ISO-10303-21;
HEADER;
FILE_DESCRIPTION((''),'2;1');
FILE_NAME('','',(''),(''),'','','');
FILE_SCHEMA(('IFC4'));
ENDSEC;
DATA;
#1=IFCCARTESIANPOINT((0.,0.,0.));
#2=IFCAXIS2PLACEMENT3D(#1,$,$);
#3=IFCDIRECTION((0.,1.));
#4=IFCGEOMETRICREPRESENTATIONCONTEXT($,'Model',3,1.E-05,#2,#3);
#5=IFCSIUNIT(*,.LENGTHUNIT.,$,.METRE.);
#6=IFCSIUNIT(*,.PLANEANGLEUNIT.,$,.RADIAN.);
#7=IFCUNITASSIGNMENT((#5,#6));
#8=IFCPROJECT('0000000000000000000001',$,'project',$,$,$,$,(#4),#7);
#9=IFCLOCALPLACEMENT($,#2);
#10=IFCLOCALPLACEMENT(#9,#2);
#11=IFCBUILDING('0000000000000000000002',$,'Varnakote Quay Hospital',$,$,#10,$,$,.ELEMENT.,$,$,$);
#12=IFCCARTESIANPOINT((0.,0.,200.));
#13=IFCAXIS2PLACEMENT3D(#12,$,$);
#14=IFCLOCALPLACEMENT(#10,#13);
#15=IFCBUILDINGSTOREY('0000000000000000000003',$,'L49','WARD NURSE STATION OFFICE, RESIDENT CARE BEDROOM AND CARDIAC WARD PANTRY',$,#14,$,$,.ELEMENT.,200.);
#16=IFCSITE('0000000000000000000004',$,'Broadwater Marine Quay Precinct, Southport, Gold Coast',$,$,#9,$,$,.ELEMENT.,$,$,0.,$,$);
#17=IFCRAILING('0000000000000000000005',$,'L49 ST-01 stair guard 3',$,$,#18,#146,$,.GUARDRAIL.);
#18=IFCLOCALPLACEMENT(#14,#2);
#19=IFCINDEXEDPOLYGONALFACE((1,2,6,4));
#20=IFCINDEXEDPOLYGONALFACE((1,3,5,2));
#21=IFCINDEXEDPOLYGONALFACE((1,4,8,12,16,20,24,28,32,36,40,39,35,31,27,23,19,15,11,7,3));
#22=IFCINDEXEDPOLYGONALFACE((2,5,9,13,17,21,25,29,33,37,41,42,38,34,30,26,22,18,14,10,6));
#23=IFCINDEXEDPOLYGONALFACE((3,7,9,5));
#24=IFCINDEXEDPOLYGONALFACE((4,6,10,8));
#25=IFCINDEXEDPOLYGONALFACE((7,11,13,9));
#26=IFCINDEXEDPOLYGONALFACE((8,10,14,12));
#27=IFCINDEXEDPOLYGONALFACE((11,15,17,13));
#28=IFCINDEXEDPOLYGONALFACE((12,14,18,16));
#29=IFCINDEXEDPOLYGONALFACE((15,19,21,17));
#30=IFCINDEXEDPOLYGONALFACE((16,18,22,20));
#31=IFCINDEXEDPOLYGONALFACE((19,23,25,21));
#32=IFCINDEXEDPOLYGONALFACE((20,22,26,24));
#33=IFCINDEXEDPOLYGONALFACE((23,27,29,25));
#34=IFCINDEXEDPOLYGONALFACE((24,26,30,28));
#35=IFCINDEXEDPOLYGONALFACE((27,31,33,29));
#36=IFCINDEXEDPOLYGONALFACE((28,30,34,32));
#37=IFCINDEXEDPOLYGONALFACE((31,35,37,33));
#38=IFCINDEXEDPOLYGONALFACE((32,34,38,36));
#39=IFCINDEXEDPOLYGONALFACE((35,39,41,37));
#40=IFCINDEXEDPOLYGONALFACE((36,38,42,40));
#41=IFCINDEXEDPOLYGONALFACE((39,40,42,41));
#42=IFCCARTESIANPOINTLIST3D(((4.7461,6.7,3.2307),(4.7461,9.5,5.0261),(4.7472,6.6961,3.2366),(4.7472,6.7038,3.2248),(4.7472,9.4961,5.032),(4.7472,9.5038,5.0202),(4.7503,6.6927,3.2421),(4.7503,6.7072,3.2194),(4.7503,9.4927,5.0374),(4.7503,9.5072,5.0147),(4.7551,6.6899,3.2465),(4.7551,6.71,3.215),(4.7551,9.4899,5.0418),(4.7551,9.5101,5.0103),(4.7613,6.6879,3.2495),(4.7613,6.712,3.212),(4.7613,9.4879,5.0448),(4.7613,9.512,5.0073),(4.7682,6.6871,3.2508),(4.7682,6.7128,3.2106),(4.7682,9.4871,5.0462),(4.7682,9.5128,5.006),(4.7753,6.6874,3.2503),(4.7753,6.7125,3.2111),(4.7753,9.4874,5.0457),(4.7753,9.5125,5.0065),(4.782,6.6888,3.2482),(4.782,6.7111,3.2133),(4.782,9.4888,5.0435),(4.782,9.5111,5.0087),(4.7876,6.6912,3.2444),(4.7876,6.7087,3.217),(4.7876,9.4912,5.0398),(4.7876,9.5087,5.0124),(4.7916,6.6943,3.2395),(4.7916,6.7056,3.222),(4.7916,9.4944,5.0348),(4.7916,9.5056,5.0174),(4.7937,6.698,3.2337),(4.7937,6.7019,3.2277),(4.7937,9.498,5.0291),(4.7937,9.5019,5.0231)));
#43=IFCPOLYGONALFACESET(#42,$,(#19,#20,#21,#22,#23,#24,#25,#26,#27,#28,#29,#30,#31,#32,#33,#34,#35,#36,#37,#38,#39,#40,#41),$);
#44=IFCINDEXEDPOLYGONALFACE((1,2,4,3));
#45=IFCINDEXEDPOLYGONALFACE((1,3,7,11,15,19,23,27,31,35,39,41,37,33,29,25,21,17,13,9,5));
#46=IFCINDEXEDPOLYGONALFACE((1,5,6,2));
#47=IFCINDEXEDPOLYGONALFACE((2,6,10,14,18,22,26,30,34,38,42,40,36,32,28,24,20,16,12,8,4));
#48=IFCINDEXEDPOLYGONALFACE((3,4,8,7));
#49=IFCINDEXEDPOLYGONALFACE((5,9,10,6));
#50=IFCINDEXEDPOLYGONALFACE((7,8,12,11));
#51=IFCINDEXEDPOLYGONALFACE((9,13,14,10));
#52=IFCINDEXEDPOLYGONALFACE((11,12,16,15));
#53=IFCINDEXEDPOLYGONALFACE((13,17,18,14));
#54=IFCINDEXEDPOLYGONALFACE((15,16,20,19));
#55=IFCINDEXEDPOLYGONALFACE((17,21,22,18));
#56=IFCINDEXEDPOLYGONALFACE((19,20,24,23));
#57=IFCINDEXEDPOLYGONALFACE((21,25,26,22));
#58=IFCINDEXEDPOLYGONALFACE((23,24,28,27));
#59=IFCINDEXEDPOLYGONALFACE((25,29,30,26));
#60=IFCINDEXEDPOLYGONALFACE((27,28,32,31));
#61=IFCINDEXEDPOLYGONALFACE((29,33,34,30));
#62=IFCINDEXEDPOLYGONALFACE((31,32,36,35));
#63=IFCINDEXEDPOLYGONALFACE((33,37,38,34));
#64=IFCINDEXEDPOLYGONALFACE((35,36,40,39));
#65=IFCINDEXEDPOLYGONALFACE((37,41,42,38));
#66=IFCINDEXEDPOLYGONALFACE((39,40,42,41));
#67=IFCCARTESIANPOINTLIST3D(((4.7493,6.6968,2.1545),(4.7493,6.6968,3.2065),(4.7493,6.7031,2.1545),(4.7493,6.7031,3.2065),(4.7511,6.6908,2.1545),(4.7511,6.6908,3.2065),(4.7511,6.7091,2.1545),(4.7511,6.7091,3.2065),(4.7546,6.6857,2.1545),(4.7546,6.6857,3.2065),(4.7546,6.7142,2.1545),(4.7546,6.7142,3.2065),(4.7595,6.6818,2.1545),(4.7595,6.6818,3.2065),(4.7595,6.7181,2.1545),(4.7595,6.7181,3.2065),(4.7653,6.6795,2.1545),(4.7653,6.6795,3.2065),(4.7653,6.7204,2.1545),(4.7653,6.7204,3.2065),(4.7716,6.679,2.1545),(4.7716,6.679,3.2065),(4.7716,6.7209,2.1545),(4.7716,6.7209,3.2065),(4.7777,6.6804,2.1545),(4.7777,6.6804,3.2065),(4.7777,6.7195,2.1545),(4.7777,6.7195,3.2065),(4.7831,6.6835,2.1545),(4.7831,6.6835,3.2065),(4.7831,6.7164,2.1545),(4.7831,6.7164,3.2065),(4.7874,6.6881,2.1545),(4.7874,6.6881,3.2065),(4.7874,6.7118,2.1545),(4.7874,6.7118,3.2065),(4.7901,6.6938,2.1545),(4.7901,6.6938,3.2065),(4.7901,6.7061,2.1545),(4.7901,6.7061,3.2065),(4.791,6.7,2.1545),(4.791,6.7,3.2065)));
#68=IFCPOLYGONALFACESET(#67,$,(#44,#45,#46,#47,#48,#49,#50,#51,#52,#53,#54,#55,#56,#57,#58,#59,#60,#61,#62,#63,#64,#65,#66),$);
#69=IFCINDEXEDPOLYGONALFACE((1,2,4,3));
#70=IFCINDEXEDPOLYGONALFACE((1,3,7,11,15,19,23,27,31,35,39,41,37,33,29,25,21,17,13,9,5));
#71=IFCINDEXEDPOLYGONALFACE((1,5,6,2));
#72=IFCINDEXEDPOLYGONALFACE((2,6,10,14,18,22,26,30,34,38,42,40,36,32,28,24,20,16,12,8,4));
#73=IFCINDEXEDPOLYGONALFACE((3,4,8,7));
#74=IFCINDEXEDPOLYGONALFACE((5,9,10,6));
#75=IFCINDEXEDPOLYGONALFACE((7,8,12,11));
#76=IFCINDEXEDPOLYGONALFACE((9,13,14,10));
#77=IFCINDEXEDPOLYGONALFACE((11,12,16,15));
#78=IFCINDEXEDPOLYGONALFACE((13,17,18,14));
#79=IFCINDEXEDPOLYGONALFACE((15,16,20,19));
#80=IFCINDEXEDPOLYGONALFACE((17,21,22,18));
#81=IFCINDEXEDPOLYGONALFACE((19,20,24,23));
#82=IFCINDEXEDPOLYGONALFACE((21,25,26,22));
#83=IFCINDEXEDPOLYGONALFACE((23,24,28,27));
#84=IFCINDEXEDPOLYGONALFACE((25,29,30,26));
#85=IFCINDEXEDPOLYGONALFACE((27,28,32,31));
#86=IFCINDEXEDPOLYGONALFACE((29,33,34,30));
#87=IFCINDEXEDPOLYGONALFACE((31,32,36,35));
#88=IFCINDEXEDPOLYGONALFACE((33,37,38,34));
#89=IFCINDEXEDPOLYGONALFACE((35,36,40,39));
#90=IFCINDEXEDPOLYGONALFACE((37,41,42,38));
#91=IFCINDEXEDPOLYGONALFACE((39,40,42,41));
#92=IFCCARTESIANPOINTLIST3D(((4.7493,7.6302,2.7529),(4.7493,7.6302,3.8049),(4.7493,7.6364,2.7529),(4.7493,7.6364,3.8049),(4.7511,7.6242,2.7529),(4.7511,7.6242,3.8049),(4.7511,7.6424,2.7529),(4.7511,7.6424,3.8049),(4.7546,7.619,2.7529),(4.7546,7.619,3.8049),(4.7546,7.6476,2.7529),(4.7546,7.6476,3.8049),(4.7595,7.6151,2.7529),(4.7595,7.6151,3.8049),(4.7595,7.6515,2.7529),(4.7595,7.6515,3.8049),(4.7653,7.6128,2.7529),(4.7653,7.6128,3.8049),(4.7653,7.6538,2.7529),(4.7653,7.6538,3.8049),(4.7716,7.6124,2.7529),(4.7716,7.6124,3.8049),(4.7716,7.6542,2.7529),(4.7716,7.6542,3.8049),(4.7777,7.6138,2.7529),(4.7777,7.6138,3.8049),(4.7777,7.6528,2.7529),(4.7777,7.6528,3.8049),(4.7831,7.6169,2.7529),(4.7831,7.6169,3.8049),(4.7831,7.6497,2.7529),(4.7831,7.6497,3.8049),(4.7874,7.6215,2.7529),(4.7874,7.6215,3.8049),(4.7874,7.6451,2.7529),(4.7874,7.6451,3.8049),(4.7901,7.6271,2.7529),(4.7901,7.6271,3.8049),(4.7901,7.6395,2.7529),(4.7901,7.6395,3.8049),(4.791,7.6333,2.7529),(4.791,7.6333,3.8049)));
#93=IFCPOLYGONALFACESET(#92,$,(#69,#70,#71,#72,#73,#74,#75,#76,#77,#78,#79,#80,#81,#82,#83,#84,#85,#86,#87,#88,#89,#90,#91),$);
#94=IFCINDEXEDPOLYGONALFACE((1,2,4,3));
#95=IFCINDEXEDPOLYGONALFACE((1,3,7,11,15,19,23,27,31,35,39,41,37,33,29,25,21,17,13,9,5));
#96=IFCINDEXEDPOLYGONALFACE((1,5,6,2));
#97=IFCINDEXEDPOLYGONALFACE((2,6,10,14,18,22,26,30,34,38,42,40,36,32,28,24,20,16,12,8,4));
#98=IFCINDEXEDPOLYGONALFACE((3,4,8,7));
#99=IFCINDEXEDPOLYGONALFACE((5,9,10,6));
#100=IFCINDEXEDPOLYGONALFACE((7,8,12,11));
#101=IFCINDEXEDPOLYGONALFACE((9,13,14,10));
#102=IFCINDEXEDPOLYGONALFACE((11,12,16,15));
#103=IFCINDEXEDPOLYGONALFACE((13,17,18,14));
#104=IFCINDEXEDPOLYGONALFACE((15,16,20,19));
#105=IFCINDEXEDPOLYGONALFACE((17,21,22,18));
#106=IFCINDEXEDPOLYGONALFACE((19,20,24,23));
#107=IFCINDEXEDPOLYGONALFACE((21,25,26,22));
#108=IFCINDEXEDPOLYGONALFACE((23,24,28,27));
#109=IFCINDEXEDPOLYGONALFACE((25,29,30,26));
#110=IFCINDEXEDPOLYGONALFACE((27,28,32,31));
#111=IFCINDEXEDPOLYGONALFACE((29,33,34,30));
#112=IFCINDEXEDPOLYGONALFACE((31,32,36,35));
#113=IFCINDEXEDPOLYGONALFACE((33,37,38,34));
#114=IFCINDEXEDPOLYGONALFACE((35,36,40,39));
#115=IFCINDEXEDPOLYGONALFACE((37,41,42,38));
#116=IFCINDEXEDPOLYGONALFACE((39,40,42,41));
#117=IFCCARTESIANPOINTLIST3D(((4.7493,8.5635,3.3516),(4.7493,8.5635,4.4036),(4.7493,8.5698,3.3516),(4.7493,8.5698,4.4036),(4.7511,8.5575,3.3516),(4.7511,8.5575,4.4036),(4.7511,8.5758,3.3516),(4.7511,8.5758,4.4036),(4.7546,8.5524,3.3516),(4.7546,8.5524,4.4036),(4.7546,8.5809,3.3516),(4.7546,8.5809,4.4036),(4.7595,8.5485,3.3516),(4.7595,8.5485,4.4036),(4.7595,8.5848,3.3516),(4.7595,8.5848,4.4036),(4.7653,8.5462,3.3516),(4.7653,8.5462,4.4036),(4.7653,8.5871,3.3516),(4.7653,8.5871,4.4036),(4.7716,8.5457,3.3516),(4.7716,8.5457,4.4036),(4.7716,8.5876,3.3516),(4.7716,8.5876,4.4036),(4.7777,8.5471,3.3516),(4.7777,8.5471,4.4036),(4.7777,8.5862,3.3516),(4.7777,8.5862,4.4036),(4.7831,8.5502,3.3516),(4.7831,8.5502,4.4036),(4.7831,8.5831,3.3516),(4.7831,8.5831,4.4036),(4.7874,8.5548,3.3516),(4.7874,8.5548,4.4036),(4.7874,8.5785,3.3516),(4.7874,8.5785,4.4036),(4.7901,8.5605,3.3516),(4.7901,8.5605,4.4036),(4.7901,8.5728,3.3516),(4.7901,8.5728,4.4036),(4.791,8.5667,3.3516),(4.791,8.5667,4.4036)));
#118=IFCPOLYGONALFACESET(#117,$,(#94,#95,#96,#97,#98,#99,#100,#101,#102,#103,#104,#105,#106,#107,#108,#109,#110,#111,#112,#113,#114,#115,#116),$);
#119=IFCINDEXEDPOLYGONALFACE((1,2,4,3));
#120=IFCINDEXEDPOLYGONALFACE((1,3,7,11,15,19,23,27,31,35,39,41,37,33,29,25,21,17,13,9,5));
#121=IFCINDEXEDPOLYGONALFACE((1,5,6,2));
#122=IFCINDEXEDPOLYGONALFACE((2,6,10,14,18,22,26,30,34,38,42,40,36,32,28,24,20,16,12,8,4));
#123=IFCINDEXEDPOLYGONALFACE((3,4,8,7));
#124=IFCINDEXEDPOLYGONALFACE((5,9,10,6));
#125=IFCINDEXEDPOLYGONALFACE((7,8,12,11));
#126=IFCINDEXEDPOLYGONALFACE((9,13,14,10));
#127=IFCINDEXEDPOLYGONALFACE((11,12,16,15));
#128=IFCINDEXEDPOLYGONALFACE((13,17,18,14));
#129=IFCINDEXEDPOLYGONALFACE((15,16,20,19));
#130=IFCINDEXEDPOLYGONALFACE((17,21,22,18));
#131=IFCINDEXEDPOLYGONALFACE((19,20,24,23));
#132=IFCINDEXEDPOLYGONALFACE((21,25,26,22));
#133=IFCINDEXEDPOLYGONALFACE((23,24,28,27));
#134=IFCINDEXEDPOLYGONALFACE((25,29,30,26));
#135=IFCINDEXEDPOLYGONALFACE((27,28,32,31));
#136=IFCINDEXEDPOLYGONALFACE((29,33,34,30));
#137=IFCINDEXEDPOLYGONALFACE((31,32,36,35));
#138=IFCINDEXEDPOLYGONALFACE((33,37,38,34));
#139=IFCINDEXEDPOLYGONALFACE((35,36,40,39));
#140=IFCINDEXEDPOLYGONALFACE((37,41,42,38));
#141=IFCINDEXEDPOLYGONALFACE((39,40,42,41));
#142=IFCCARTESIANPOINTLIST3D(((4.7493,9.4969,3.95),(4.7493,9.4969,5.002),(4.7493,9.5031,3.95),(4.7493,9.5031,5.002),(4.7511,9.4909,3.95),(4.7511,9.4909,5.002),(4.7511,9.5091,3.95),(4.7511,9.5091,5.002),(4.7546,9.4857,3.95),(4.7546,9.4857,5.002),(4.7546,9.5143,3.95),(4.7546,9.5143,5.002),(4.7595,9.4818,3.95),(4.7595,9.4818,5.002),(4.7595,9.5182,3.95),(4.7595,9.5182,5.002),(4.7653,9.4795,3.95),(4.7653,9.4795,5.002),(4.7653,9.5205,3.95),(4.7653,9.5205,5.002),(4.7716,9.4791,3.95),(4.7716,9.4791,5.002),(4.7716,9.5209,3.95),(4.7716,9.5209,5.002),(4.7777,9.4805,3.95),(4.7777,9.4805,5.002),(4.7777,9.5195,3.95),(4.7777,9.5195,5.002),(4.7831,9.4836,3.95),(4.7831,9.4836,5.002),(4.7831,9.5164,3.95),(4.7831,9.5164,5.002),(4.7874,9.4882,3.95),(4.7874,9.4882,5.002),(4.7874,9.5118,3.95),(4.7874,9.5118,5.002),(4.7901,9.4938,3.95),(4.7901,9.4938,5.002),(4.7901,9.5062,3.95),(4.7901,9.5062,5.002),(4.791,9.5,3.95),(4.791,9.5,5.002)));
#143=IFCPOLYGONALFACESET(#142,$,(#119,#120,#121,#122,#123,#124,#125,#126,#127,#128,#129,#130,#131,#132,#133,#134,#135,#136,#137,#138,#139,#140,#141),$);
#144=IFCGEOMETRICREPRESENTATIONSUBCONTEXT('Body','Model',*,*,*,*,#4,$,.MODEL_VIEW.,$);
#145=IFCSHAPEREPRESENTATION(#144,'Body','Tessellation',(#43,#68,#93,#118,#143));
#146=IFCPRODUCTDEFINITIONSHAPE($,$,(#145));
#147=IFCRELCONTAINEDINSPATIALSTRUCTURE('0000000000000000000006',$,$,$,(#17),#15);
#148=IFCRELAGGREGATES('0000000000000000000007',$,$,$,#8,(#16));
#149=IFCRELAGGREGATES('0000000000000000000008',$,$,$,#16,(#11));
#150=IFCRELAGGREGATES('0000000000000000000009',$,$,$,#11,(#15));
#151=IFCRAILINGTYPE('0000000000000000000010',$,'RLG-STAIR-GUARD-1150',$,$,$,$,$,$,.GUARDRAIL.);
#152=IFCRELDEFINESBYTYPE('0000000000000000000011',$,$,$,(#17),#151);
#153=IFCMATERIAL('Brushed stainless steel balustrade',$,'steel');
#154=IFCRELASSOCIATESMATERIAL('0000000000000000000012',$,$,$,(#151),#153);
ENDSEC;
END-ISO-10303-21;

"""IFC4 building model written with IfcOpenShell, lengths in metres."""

from ifc_helpers import new_model, si_unit, direction, frame, origin, origin_2d, place, context, subcontext, project, spatial, circle, extrude, material, type_object, element, save


model = new_model("IFC4")

# Units and contexts
model_context = context("Model", 3, precision=1e-05, world=origin(), true_north=direction((0.0, 1.0)))
body_context = subcontext(model_context, "Body", "Model", "MODEL_VIEW")
ifc_project = project(units=[si_unit("LENGTHUNIT", "METRE"), si_unit("PLANEANGLEUNIT", "RADIAN")], contexts=[model_context])

# Site, building, storey
site_placement = place(None, origin())
site = spatial("IfcSite", under=ifc_project, at=site_placement, Name="Broadwater Marine Quay Precinct, Southport, Gold Coast", CompositionType="ELEMENT", RefElevation=0.0)
building_placement = place(site_placement, origin())
building = spatial("IfcBuilding", under=site, at=building_placement, Name="Varnakote Quay Hospital", CompositionType="ELEMENT")
storey_placement = place(building_placement, frame((0.0, 0.0, 200.0)))
storey = spatial("IfcBuildingStorey", under=building, at=storey_placement, Name="L49", Description="WARD NURSE STATION OFFICE, RESIDENT CARE BEDROOM AND CARDIAC WARD PANTRY", CompositionType="ELEMENT", Elevation=200.0)

# Railing
ifc_material_1 = material(Name="Brushed stainless steel balustrade", Category="steel")
railing_type_1 = type_object("IfcRailingType", Name="RLG-STAIR-GUARD-1150", PredefinedType="GUARDRAIL", material=ifc_material_1)
railing_1_placement = place(storey_placement, frame((4.77, 6.7, 2.1545)))
element("IfcRailing", 1, at=railing_1_placement, inside=storey, type_object=railing_type_1, Name="L49 ST-01 stair guard 3", PredefinedType="GUARDRAIL", context=body_context, shape_type="SweptSolid", body=[
    extrude(circle(Radius=0.0239, at=origin_2d()), frame((0.0, 0.0, 1.0762), z_axis=(0.0, 0.84181, 0.539774), x_axis=(-1.0, 0.0, 0.0)), (0.0, 0.0, 1.0), 3.3262),
    extrude(circle(Radius=0.021, at=origin_2d()), origin(), (0.0, 0.0, 1.0), 1.052),
    extrude(circle(Radius=0.021, at=origin_2d()), frame((0.0, 0.9333, 0.5984)), (0.0, 0.0, 1.0), 1.052),
    extrude(circle(Radius=0.021, at=origin_2d()), frame((0.0, 1.8667, 1.197)), (0.0, 0.0, 1.0), 1.052),
    extrude(circle(Radius=0.021, at=origin_2d()), frame((0.0, 2.8, 1.7954)), (0.0, 0.0, 1.0), 1.052),
])

save(model, "model.ifc")
